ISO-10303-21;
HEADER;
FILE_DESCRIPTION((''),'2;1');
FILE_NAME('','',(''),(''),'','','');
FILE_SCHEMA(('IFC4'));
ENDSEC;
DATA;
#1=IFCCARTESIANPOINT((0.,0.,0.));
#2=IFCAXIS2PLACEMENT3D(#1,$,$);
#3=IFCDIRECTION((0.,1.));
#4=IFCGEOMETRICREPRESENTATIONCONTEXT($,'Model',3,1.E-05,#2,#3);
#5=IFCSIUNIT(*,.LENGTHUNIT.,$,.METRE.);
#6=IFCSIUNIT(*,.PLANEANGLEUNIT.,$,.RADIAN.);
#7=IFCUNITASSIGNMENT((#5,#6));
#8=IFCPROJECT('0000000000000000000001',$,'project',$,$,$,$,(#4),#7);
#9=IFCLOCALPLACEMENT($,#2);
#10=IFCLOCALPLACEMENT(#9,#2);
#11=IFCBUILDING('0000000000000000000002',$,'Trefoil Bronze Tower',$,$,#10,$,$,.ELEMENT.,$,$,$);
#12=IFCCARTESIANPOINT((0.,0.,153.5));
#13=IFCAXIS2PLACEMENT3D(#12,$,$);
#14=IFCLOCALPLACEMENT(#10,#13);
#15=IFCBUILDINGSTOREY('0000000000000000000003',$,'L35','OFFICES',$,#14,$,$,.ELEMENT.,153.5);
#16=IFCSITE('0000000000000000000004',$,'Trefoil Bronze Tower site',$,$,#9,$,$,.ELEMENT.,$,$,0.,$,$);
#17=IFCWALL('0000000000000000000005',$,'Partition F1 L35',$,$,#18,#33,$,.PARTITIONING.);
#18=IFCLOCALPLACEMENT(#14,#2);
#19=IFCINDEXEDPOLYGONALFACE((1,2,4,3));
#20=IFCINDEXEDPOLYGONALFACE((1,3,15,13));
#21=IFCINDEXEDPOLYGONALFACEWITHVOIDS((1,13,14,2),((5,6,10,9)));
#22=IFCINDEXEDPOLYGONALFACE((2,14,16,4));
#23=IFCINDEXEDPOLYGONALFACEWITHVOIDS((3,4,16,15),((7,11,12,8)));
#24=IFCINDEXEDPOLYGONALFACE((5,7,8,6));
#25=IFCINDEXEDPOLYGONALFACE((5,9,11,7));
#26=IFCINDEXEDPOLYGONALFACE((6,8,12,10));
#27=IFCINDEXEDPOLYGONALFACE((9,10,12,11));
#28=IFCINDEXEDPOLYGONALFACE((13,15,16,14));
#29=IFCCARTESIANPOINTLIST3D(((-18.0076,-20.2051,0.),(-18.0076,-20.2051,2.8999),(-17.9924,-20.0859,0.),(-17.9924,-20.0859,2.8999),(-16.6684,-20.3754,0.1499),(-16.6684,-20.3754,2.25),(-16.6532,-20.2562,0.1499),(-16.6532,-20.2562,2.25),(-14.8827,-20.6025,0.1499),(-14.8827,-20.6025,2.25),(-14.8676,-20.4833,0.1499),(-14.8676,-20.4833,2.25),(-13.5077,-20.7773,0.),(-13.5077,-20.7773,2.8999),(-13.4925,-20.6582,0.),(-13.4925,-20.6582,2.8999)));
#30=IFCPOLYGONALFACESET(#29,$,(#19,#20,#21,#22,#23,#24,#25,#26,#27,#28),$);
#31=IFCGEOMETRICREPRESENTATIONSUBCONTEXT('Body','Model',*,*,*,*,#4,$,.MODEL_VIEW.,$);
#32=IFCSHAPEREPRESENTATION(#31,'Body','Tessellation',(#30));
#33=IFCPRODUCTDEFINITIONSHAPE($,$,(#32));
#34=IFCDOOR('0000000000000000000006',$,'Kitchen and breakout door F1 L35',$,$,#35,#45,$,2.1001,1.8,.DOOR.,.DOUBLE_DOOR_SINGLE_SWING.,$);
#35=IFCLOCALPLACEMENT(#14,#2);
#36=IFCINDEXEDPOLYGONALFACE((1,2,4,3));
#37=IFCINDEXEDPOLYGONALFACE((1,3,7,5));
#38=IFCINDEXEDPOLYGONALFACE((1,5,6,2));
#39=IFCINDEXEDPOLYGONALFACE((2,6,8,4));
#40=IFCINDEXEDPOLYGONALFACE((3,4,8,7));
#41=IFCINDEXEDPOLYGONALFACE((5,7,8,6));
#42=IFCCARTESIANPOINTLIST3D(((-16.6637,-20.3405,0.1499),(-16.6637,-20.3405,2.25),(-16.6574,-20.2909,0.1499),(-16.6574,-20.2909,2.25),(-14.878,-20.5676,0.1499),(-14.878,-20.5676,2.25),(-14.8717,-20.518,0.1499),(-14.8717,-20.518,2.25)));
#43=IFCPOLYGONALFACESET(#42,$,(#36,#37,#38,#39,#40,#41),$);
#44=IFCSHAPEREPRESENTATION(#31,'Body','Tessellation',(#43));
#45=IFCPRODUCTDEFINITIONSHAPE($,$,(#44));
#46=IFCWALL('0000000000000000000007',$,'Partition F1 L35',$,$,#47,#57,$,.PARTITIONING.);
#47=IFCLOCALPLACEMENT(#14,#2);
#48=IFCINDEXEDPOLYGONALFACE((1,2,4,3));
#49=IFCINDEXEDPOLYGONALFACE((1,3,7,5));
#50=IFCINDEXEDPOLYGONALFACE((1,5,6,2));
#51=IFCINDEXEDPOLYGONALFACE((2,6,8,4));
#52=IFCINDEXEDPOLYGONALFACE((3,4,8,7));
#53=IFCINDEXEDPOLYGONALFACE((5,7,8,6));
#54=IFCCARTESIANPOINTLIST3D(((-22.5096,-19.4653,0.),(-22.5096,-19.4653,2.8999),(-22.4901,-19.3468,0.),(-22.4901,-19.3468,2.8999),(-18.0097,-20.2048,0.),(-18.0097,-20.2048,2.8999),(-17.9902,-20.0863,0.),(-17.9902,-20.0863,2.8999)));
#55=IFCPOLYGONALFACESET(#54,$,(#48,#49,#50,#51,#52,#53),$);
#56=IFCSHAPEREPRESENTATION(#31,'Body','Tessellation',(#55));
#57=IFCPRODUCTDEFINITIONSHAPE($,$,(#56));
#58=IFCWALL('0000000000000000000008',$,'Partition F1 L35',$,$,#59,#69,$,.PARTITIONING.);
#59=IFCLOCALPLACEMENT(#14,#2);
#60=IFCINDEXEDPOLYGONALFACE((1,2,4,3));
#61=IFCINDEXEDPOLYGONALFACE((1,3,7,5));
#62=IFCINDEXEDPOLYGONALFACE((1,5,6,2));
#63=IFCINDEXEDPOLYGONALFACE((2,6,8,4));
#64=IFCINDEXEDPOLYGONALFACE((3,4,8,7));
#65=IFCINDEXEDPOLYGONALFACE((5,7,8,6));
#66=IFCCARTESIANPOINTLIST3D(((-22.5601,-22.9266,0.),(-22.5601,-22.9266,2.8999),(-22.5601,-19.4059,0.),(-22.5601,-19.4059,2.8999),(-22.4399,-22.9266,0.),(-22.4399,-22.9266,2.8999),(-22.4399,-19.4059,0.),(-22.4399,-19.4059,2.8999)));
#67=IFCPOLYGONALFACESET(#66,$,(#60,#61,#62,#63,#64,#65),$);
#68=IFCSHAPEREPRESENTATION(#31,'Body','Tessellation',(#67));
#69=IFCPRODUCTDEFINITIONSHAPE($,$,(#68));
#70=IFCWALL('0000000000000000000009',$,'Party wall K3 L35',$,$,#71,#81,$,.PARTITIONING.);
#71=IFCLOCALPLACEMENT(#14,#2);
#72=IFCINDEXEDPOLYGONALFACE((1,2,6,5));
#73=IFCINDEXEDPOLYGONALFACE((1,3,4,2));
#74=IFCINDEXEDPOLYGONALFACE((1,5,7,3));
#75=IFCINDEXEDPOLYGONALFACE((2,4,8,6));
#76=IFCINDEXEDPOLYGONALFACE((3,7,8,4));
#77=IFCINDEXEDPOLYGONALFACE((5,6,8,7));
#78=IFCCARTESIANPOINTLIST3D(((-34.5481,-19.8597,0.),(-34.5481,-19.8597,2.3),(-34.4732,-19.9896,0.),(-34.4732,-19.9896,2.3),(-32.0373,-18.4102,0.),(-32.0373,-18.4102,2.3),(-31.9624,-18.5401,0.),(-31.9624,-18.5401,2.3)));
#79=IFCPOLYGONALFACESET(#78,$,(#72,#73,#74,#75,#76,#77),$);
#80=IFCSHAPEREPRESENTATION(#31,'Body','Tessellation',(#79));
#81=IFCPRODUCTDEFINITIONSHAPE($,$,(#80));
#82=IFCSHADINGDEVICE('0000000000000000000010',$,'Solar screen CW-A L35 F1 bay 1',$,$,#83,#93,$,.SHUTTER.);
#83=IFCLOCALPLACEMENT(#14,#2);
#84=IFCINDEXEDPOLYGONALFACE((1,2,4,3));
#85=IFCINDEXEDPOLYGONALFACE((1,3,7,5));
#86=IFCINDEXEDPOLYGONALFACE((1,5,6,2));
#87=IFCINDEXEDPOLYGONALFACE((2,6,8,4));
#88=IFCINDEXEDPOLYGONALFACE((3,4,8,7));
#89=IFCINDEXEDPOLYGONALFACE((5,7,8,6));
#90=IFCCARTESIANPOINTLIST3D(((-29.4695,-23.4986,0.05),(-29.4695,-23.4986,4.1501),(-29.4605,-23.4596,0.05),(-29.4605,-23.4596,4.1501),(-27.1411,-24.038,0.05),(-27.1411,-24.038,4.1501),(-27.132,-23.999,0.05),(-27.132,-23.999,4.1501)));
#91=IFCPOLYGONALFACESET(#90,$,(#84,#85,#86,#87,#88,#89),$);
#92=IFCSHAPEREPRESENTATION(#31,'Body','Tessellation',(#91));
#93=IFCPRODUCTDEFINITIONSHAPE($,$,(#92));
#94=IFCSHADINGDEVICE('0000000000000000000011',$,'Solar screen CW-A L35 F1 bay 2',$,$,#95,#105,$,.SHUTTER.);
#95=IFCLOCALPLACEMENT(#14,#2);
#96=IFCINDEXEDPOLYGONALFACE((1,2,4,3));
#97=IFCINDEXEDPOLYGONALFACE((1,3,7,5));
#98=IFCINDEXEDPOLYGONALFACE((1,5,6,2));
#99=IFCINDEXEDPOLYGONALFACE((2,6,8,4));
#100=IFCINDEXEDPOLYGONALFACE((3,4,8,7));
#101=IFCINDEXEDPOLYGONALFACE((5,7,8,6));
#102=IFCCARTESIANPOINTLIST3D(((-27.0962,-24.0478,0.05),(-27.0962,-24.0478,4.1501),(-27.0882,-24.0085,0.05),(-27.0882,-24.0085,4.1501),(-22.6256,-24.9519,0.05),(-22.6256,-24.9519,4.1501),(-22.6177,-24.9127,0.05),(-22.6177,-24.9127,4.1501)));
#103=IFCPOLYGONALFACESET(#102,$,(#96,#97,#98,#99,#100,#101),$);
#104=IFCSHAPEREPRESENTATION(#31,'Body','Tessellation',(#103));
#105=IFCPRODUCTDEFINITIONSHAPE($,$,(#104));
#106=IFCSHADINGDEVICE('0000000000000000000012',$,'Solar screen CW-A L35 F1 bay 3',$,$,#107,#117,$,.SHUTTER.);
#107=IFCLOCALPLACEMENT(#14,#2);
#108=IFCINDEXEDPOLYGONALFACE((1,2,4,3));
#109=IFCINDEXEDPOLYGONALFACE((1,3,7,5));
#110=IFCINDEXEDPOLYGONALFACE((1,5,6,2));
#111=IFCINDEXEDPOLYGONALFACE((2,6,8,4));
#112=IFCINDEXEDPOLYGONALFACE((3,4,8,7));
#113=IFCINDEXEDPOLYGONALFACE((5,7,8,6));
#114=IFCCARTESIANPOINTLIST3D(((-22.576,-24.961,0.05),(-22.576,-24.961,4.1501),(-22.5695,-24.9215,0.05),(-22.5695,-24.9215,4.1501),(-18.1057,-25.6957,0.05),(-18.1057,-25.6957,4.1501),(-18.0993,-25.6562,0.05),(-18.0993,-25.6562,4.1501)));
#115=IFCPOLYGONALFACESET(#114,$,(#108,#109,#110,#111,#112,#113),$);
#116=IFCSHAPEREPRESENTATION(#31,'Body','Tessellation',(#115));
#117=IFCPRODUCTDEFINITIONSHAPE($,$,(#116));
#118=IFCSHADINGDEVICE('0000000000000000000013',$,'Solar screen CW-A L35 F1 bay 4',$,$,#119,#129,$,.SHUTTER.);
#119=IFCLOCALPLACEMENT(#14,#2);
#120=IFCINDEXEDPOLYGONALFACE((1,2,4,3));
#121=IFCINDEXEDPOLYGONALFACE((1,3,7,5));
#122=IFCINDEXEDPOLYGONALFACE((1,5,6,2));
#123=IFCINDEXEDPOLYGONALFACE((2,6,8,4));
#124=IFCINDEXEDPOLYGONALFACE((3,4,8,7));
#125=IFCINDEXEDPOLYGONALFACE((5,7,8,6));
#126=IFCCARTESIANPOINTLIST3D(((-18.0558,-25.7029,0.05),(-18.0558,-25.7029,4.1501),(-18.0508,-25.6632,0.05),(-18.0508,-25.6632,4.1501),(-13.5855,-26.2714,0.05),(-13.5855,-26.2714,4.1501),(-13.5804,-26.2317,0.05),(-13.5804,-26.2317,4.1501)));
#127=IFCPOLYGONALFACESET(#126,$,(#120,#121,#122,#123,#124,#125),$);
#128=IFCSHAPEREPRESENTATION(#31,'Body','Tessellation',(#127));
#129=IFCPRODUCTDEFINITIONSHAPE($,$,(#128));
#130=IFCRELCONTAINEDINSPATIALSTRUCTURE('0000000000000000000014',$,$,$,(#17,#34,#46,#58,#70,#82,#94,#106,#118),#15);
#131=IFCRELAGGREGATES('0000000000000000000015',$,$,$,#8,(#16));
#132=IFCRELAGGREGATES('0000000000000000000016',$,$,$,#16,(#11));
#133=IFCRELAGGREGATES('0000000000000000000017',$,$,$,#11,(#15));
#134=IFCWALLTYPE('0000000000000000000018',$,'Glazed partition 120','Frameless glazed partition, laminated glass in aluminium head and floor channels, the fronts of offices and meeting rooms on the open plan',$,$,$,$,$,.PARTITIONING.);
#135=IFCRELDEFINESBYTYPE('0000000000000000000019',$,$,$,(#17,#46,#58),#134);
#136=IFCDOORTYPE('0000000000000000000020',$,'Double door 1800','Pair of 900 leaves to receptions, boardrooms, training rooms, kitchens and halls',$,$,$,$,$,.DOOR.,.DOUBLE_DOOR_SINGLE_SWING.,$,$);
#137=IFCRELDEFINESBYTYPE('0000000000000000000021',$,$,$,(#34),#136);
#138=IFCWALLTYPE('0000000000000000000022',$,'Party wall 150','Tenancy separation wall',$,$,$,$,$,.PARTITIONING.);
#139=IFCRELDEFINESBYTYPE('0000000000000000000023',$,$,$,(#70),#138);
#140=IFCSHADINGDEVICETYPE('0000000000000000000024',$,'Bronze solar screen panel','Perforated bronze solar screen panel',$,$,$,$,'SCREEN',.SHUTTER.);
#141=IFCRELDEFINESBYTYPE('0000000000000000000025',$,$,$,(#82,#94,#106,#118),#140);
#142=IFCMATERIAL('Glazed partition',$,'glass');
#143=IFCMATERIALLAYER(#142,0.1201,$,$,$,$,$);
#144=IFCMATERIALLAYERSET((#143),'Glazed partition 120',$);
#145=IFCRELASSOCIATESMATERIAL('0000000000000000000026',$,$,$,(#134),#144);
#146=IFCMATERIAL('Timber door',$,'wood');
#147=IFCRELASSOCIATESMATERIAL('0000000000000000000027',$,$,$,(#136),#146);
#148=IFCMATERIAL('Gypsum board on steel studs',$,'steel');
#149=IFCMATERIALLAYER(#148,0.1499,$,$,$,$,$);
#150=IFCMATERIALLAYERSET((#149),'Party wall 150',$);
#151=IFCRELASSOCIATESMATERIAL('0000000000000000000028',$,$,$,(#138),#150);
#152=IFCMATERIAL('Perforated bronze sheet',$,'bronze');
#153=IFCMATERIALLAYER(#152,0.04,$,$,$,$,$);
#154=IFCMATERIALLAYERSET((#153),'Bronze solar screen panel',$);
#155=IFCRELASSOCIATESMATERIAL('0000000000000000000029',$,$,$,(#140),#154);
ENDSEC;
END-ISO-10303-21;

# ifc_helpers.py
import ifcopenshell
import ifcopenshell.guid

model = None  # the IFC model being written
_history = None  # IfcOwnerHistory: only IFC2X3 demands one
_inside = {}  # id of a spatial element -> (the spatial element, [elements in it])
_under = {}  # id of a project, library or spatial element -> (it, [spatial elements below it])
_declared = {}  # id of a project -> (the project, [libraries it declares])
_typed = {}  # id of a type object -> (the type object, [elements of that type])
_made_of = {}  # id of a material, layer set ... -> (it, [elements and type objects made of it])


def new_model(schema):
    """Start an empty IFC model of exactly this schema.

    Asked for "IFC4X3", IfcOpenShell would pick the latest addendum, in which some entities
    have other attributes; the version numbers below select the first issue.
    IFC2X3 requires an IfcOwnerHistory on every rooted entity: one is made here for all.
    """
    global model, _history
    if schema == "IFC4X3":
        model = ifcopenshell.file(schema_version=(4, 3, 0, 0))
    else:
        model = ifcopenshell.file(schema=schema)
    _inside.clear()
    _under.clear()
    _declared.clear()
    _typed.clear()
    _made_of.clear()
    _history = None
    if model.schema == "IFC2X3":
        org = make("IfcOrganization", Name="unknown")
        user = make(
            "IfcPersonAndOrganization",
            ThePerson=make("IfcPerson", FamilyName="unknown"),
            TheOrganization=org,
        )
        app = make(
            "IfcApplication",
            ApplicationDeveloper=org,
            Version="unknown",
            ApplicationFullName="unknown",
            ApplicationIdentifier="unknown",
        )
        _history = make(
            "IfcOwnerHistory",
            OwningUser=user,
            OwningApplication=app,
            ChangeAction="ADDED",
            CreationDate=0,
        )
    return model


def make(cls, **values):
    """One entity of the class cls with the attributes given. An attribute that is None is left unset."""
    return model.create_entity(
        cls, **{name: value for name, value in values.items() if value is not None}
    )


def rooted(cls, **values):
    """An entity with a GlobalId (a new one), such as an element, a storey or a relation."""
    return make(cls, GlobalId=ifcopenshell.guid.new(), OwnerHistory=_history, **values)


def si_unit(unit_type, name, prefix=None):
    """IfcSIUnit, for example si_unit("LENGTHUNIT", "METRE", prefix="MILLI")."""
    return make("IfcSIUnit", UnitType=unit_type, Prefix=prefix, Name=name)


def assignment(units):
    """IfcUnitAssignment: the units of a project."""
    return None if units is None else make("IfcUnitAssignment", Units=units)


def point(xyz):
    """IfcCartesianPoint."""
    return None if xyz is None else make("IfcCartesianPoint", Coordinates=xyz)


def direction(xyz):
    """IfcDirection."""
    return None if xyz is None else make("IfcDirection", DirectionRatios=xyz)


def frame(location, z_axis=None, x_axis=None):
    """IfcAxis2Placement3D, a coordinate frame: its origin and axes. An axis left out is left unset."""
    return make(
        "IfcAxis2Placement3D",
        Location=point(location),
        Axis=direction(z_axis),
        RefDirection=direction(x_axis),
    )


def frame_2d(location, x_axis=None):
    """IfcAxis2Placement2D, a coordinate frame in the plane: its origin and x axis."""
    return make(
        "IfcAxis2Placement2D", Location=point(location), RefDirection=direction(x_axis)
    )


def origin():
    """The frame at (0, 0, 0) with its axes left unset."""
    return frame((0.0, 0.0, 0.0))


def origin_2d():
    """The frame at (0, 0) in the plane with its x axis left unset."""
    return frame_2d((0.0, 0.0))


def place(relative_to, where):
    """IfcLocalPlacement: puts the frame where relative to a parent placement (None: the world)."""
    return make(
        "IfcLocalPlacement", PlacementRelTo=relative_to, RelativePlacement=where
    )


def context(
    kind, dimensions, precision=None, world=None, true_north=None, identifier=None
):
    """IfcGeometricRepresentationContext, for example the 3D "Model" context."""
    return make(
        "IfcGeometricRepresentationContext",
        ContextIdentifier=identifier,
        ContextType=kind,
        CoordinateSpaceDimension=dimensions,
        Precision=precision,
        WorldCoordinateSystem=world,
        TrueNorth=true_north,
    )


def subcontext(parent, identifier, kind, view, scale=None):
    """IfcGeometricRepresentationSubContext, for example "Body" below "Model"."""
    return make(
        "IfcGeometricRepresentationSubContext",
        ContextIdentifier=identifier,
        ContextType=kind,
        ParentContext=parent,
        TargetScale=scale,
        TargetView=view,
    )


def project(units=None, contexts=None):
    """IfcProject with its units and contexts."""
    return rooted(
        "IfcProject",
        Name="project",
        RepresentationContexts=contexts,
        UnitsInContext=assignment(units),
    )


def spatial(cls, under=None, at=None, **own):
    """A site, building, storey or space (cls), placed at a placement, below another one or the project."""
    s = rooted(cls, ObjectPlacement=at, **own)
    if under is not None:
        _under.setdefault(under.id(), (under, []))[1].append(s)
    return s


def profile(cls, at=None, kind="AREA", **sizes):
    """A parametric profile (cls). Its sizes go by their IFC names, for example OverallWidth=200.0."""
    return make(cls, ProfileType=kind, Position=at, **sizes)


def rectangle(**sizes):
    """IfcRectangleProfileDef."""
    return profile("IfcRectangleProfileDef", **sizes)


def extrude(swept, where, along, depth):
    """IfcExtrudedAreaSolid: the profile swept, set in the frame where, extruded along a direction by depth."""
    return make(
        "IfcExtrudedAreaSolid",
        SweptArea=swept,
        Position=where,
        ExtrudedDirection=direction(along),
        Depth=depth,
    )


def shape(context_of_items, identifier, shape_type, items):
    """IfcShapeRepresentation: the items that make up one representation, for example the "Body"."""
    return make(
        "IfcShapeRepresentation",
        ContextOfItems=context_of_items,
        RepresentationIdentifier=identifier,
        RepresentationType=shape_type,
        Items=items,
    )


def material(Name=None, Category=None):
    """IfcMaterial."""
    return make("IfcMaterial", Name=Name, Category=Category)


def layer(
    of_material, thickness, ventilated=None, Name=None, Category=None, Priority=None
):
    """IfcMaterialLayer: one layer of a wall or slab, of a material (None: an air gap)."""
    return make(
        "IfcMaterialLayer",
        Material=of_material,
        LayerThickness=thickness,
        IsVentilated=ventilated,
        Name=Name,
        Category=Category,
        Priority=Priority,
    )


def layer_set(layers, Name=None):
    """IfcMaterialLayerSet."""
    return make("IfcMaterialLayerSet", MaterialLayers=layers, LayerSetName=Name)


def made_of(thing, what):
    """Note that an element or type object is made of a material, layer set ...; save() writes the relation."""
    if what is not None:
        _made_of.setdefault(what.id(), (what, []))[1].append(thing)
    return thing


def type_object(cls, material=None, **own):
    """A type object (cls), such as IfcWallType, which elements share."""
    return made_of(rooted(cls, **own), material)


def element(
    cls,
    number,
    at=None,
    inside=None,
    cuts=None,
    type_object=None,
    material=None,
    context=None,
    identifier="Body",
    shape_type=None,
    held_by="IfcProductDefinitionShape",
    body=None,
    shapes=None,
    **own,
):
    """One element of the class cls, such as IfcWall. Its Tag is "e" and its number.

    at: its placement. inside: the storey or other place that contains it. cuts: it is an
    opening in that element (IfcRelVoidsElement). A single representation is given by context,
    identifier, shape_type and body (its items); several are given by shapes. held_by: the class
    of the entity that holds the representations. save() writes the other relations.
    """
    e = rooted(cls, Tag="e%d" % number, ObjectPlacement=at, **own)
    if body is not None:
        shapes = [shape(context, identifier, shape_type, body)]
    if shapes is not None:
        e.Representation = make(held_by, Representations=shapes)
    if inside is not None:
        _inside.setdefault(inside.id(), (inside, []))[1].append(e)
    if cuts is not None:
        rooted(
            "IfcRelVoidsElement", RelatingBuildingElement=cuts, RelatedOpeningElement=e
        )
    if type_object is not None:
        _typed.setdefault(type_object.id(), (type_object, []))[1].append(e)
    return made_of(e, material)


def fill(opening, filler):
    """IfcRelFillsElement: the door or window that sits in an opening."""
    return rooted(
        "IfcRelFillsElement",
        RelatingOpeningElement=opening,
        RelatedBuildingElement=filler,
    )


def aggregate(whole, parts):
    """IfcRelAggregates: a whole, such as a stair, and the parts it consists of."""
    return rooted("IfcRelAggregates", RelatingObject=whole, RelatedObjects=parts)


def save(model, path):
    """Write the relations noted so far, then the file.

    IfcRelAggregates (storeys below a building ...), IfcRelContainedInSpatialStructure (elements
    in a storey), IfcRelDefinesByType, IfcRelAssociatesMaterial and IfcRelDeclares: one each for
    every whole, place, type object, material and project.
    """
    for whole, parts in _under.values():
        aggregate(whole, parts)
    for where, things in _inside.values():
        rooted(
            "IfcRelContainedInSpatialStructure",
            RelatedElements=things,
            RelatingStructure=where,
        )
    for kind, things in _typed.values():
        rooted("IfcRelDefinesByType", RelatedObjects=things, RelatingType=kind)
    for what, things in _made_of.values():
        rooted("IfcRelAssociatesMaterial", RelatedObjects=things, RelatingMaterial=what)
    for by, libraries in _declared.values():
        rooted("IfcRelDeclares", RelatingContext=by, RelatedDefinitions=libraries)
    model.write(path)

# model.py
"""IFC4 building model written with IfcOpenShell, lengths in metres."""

from ifc_helpers import new_model, si_unit, direction, frame, frame_2d, origin, origin_2d, place, context, subcontext, project, spatial, rectangle, extrude, material, layer, layer_set, type_object, element, fill, save


model = new_model("IFC4")

# Units and contexts
model_context = context("Model", 3, precision=1e-05, world=origin(), true_north=direction((0.0, 1.0)))
body_context = subcontext(model_context, "Body", "Model", "MODEL_VIEW")
ifc_project = project(units=[si_unit("LENGTHUNIT", "METRE"), si_unit("PLANEANGLEUNIT", "RADIAN")], contexts=[model_context])

# Site, building, storey
site_placement = place(None, origin())
site = spatial("IfcSite", under=ifc_project, at=site_placement, Name="Trefoil Bronze Tower site", CompositionType="ELEMENT", RefElevation=0.0)
building_placement = place(site_placement, origin())
building = spatial("IfcBuilding", under=site, at=building_placement, Name="Trefoil Bronze Tower", CompositionType="ELEMENT")
storey_placement = place(building_placement, frame((0.0, 0.0, 153.5)))
storey = spatial("IfcBuildingStorey", under=building, at=storey_placement, Name="L35", Description="OFFICES", CompositionType="ELEMENT", Elevation=153.5)

# Wall, opening, door
ifc_material_1 = material(Name="Glazed partition", Category="glass")
ifc_layer_1 = layer(ifc_material_1, 0.1201)
ifc_layer_set_1 = layer_set([ifc_layer_1], Name="Glazed partition 120")
wall_type_1 = type_object("IfcWallType", Name="Glazed partition 120", Description="Frameless glazed partition, laminated glass in aluminium head and floor channels, the fronts of offices and meeting rooms on the open plan", PredefinedType="PARTITIONING", material=ifc_layer_set_1)
wall_1_placement = place(storey_placement, frame((-18.0, -20.1455, 0.0), z_axis=(0.0, 0.0, 1.0), x_axis=(0.992011, -0.126154, 0.0)))
wall_1 = element("IfcWall", 1, at=wall_1_placement, inside=storey, type_object=wall_type_1, Name="Partition F1 L35", PredefinedType="PARTITIONING", context=body_context, shape_type="SweptSolid", body=[
    extrude(rectangle(XDim=4.5361, YDim=0.1201, at=frame_2d((2.2681, 0.0))), origin(), (0.0, 0.0, 1.0), 2.8999),
])
opening_placement = place(wall_1_placement, frame((1.3501, 0.0, 0.1499)))
opening = element("IfcOpeningElement", 2, at=opening_placement, cuts=wall_1, PredefinedType="OPENING", context=body_context, shape_type="SweptSolid", body=[
    extrude(rectangle(XDim=1.8, YDim=2.1001, at=frame_2d((0.8999, 1.05))), frame((0.0, 0.0701, 0.0), z_axis=(0.0, -1.0, 0.0), x_axis=(1.0, 0.0, 0.0)), (0.0, 0.0, 1.0), 0.1401),
])
ifc_material_2 = material(Name="Timber door", Category="wood")
door_type = type_object("IfcDoorType", Name="Double door 1800", Description="Pair of 900 leaves to receptions, boardrooms, training rooms, kitchens and halls", OperationType="DOUBLE_DOOR_SINGLE_SWING", PredefinedType="DOOR", material=ifc_material_2)
door_placement = place(opening_placement, frame((1.8, 0.0, 0.0), z_axis=(0.0, 0.0, 1.0), x_axis=(-1.0, 0.0, 0.0)))
door = element("IfcDoor", 3, at=door_placement, inside=storey, type_object=door_type, Name="Kitchen and breakout door F1 L35", OperationType="DOUBLE_DOOR_SINGLE_SWING", OverallHeight=2.1001, OverallWidth=1.8, PredefinedType="DOOR", context=body_context, shape_type="SweptSolid", body=[
    extrude(rectangle(XDim=1.8, YDim=2.1001, at=frame_2d((0.8999, 1.05))), frame((0.0, 0.0249, 0.0), z_axis=(0.0, -1.0, 0.0), x_axis=(1.0, 0.0, 0.0)), (0.0, 0.0, 1.0), 0.05),
])
fill(opening, door)

# Walls
wall_2_placement = place(storey_placement, frame((-22.5, -19.406, 0.0), z_axis=(0.0, 0.0, 1.0), x_axis=(0.986765, -0.162159, 0.0)))
element("IfcWall", 4, at=wall_2_placement, inside=storey, type_object=wall_type_1, Name="Partition F1 L35", PredefinedType="PARTITIONING", context=body_context, shape_type="SweptSolid", body=[
    extrude(rectangle(XDim=4.5603, YDim=0.1201, at=frame_2d((2.2803, 0.0))), origin(), (0.0, 0.0, 1.0), 2.8999),
])
wall_3_placement = place(storey_placement, frame((-22.5, -19.406, 0.0), z_axis=(0.0, 0.0, 1.0), x_axis=(0.0, -1.0, 0.0)))
element("IfcWall", 5, at=wall_3_placement, inside=storey, type_object=wall_type_1, Name="Partition F1 L35", PredefinedType="PARTITIONING", context=body_context, shape_type="SweptSolid", body=[
    extrude(rectangle(XDim=3.5208, YDim=0.1201, at=frame_2d((1.7603, 0.0))), origin(), (0.0, 0.0, 1.0), 2.8999),
])
ifc_material_3 = material(Name="Gypsum board on steel studs", Category="steel")
ifc_layer_2 = layer(ifc_material_3, 0.1499)
ifc_layer_set_2 = layer_set([ifc_layer_2], Name="Party wall 150")
wall_type_2 = type_object("IfcWallType", Name="Party wall 150", Description="Tenancy separation wall", PredefinedType="PARTITIONING", material=ifc_layer_set_2)
wall_4_placement = place(storey_placement, frame((-31.9998, -18.4751, 0.0), z_axis=(0.0, 0.0, 1.0), x_axis=(-0.866043, -0.49997, 0.0)))
element("IfcWall", 6, at=wall_4_placement, inside=storey, type_object=wall_type_2, Name="Party wall K3 L35", PredefinedType="PARTITIONING", context=body_context, shape_type="SweptSolid", body=[
    extrude(rectangle(XDim=2.8992, YDim=0.1499, at=frame_2d((1.4497, 0.0))), origin(), (0.0, 0.0, 1.0), 2.3),
])

# Shading devices
ifc_material_4 = material(Name="Perforated bronze sheet", Category="bronze")
ifc_layer_3 = layer(ifc_material_4, 0.04)
ifc_layer_set_3 = layer_set([ifc_layer_3], Name="Bronze solar screen panel")
shading_device_type = type_object("IfcShadingDeviceType", Name="Bronze solar screen panel", Description="Perforated bronze solar screen panel", ElementType="SCREEN", PredefinedType="SHUTTER", material=ifc_layer_set_3)
shading_device_1_placement = place(storey_placement, frame((-28.3008, -23.7488, 0.05), z_axis=(0.0, 0.0, 1.0), x_axis=(0.974204, -0.225667, 0.0)))
element("IfcShadingDevice", 7, at=shading_device_1_placement, inside=storey, type_object=shading_device_type, Name="Solar screen CW-A L35 F1 bay 1", PredefinedType="SHUTTER", context=body_context, shape_type="SweptSolid", body=[
    extrude(rectangle(XDim=2.3901, YDim=0.04, at=origin_2d()), origin(), (0.0, 0.0, 1.0), 4.1001),
])
shading_device_2_placement = place(storey_placement, frame((-24.8569, -24.4802, 0.05), z_axis=(0.0, 0.0, 1.0), x_axis=(0.980155, -0.198232, 0.0)))
element("IfcShadingDevice", 8, at=shading_device_2_placement, inside=storey, type_object=shading_device_type, Name="Solar screen CW-A L35 F1 bay 2", PredefinedType="SHUTTER", context=body_context, shape_type="SweptSolid", body=[
    extrude(rectangle(XDim=4.561, YDim=0.04, at=origin_2d()), origin(), (0.0, 0.0, 1.0), 4.1001),
])
shading_device_3_placement = place(storey_placement, frame((-20.3376, -25.3086, 0.05), z_axis=(0.0, 0.0, 1.0), x_axis=(0.98676, -0.162189, 0.0)))
element("IfcShadingDevice", 9, at=shading_device_3_placement, inside=storey, type_object=shading_device_type, Name="Solar screen CW-A L35 F1 bay 3", PredefinedType="SHUTTER", context=body_context, shape_type="SweptSolid", body=[
    extrude(rectangle(XDim=4.5303, YDim=0.04, at=origin_2d()), origin(), (0.0, 0.0, 1.0), 4.1001),
])
shading_device_4_placement = place(storey_placement, frame((-15.8181, -25.9673, 0.05), z_axis=(0.0, 0.0, 1.0), x_axis=(0.992012, -0.126147, 0.0)))
element("IfcShadingDevice", 10, at=shading_device_4_placement, inside=storey, type_object=shading_device_type, Name="Solar screen CW-A L35 F1 bay 4", PredefinedType="SHUTTER", context=body_context, shape_type="SweptSolid", body=[
    extrude(rectangle(XDim=4.5063, YDim=0.04, at=origin_2d()), origin(), (0.0, 0.0, 1.0), 4.1001),
])

save(model, "model.ifc")
